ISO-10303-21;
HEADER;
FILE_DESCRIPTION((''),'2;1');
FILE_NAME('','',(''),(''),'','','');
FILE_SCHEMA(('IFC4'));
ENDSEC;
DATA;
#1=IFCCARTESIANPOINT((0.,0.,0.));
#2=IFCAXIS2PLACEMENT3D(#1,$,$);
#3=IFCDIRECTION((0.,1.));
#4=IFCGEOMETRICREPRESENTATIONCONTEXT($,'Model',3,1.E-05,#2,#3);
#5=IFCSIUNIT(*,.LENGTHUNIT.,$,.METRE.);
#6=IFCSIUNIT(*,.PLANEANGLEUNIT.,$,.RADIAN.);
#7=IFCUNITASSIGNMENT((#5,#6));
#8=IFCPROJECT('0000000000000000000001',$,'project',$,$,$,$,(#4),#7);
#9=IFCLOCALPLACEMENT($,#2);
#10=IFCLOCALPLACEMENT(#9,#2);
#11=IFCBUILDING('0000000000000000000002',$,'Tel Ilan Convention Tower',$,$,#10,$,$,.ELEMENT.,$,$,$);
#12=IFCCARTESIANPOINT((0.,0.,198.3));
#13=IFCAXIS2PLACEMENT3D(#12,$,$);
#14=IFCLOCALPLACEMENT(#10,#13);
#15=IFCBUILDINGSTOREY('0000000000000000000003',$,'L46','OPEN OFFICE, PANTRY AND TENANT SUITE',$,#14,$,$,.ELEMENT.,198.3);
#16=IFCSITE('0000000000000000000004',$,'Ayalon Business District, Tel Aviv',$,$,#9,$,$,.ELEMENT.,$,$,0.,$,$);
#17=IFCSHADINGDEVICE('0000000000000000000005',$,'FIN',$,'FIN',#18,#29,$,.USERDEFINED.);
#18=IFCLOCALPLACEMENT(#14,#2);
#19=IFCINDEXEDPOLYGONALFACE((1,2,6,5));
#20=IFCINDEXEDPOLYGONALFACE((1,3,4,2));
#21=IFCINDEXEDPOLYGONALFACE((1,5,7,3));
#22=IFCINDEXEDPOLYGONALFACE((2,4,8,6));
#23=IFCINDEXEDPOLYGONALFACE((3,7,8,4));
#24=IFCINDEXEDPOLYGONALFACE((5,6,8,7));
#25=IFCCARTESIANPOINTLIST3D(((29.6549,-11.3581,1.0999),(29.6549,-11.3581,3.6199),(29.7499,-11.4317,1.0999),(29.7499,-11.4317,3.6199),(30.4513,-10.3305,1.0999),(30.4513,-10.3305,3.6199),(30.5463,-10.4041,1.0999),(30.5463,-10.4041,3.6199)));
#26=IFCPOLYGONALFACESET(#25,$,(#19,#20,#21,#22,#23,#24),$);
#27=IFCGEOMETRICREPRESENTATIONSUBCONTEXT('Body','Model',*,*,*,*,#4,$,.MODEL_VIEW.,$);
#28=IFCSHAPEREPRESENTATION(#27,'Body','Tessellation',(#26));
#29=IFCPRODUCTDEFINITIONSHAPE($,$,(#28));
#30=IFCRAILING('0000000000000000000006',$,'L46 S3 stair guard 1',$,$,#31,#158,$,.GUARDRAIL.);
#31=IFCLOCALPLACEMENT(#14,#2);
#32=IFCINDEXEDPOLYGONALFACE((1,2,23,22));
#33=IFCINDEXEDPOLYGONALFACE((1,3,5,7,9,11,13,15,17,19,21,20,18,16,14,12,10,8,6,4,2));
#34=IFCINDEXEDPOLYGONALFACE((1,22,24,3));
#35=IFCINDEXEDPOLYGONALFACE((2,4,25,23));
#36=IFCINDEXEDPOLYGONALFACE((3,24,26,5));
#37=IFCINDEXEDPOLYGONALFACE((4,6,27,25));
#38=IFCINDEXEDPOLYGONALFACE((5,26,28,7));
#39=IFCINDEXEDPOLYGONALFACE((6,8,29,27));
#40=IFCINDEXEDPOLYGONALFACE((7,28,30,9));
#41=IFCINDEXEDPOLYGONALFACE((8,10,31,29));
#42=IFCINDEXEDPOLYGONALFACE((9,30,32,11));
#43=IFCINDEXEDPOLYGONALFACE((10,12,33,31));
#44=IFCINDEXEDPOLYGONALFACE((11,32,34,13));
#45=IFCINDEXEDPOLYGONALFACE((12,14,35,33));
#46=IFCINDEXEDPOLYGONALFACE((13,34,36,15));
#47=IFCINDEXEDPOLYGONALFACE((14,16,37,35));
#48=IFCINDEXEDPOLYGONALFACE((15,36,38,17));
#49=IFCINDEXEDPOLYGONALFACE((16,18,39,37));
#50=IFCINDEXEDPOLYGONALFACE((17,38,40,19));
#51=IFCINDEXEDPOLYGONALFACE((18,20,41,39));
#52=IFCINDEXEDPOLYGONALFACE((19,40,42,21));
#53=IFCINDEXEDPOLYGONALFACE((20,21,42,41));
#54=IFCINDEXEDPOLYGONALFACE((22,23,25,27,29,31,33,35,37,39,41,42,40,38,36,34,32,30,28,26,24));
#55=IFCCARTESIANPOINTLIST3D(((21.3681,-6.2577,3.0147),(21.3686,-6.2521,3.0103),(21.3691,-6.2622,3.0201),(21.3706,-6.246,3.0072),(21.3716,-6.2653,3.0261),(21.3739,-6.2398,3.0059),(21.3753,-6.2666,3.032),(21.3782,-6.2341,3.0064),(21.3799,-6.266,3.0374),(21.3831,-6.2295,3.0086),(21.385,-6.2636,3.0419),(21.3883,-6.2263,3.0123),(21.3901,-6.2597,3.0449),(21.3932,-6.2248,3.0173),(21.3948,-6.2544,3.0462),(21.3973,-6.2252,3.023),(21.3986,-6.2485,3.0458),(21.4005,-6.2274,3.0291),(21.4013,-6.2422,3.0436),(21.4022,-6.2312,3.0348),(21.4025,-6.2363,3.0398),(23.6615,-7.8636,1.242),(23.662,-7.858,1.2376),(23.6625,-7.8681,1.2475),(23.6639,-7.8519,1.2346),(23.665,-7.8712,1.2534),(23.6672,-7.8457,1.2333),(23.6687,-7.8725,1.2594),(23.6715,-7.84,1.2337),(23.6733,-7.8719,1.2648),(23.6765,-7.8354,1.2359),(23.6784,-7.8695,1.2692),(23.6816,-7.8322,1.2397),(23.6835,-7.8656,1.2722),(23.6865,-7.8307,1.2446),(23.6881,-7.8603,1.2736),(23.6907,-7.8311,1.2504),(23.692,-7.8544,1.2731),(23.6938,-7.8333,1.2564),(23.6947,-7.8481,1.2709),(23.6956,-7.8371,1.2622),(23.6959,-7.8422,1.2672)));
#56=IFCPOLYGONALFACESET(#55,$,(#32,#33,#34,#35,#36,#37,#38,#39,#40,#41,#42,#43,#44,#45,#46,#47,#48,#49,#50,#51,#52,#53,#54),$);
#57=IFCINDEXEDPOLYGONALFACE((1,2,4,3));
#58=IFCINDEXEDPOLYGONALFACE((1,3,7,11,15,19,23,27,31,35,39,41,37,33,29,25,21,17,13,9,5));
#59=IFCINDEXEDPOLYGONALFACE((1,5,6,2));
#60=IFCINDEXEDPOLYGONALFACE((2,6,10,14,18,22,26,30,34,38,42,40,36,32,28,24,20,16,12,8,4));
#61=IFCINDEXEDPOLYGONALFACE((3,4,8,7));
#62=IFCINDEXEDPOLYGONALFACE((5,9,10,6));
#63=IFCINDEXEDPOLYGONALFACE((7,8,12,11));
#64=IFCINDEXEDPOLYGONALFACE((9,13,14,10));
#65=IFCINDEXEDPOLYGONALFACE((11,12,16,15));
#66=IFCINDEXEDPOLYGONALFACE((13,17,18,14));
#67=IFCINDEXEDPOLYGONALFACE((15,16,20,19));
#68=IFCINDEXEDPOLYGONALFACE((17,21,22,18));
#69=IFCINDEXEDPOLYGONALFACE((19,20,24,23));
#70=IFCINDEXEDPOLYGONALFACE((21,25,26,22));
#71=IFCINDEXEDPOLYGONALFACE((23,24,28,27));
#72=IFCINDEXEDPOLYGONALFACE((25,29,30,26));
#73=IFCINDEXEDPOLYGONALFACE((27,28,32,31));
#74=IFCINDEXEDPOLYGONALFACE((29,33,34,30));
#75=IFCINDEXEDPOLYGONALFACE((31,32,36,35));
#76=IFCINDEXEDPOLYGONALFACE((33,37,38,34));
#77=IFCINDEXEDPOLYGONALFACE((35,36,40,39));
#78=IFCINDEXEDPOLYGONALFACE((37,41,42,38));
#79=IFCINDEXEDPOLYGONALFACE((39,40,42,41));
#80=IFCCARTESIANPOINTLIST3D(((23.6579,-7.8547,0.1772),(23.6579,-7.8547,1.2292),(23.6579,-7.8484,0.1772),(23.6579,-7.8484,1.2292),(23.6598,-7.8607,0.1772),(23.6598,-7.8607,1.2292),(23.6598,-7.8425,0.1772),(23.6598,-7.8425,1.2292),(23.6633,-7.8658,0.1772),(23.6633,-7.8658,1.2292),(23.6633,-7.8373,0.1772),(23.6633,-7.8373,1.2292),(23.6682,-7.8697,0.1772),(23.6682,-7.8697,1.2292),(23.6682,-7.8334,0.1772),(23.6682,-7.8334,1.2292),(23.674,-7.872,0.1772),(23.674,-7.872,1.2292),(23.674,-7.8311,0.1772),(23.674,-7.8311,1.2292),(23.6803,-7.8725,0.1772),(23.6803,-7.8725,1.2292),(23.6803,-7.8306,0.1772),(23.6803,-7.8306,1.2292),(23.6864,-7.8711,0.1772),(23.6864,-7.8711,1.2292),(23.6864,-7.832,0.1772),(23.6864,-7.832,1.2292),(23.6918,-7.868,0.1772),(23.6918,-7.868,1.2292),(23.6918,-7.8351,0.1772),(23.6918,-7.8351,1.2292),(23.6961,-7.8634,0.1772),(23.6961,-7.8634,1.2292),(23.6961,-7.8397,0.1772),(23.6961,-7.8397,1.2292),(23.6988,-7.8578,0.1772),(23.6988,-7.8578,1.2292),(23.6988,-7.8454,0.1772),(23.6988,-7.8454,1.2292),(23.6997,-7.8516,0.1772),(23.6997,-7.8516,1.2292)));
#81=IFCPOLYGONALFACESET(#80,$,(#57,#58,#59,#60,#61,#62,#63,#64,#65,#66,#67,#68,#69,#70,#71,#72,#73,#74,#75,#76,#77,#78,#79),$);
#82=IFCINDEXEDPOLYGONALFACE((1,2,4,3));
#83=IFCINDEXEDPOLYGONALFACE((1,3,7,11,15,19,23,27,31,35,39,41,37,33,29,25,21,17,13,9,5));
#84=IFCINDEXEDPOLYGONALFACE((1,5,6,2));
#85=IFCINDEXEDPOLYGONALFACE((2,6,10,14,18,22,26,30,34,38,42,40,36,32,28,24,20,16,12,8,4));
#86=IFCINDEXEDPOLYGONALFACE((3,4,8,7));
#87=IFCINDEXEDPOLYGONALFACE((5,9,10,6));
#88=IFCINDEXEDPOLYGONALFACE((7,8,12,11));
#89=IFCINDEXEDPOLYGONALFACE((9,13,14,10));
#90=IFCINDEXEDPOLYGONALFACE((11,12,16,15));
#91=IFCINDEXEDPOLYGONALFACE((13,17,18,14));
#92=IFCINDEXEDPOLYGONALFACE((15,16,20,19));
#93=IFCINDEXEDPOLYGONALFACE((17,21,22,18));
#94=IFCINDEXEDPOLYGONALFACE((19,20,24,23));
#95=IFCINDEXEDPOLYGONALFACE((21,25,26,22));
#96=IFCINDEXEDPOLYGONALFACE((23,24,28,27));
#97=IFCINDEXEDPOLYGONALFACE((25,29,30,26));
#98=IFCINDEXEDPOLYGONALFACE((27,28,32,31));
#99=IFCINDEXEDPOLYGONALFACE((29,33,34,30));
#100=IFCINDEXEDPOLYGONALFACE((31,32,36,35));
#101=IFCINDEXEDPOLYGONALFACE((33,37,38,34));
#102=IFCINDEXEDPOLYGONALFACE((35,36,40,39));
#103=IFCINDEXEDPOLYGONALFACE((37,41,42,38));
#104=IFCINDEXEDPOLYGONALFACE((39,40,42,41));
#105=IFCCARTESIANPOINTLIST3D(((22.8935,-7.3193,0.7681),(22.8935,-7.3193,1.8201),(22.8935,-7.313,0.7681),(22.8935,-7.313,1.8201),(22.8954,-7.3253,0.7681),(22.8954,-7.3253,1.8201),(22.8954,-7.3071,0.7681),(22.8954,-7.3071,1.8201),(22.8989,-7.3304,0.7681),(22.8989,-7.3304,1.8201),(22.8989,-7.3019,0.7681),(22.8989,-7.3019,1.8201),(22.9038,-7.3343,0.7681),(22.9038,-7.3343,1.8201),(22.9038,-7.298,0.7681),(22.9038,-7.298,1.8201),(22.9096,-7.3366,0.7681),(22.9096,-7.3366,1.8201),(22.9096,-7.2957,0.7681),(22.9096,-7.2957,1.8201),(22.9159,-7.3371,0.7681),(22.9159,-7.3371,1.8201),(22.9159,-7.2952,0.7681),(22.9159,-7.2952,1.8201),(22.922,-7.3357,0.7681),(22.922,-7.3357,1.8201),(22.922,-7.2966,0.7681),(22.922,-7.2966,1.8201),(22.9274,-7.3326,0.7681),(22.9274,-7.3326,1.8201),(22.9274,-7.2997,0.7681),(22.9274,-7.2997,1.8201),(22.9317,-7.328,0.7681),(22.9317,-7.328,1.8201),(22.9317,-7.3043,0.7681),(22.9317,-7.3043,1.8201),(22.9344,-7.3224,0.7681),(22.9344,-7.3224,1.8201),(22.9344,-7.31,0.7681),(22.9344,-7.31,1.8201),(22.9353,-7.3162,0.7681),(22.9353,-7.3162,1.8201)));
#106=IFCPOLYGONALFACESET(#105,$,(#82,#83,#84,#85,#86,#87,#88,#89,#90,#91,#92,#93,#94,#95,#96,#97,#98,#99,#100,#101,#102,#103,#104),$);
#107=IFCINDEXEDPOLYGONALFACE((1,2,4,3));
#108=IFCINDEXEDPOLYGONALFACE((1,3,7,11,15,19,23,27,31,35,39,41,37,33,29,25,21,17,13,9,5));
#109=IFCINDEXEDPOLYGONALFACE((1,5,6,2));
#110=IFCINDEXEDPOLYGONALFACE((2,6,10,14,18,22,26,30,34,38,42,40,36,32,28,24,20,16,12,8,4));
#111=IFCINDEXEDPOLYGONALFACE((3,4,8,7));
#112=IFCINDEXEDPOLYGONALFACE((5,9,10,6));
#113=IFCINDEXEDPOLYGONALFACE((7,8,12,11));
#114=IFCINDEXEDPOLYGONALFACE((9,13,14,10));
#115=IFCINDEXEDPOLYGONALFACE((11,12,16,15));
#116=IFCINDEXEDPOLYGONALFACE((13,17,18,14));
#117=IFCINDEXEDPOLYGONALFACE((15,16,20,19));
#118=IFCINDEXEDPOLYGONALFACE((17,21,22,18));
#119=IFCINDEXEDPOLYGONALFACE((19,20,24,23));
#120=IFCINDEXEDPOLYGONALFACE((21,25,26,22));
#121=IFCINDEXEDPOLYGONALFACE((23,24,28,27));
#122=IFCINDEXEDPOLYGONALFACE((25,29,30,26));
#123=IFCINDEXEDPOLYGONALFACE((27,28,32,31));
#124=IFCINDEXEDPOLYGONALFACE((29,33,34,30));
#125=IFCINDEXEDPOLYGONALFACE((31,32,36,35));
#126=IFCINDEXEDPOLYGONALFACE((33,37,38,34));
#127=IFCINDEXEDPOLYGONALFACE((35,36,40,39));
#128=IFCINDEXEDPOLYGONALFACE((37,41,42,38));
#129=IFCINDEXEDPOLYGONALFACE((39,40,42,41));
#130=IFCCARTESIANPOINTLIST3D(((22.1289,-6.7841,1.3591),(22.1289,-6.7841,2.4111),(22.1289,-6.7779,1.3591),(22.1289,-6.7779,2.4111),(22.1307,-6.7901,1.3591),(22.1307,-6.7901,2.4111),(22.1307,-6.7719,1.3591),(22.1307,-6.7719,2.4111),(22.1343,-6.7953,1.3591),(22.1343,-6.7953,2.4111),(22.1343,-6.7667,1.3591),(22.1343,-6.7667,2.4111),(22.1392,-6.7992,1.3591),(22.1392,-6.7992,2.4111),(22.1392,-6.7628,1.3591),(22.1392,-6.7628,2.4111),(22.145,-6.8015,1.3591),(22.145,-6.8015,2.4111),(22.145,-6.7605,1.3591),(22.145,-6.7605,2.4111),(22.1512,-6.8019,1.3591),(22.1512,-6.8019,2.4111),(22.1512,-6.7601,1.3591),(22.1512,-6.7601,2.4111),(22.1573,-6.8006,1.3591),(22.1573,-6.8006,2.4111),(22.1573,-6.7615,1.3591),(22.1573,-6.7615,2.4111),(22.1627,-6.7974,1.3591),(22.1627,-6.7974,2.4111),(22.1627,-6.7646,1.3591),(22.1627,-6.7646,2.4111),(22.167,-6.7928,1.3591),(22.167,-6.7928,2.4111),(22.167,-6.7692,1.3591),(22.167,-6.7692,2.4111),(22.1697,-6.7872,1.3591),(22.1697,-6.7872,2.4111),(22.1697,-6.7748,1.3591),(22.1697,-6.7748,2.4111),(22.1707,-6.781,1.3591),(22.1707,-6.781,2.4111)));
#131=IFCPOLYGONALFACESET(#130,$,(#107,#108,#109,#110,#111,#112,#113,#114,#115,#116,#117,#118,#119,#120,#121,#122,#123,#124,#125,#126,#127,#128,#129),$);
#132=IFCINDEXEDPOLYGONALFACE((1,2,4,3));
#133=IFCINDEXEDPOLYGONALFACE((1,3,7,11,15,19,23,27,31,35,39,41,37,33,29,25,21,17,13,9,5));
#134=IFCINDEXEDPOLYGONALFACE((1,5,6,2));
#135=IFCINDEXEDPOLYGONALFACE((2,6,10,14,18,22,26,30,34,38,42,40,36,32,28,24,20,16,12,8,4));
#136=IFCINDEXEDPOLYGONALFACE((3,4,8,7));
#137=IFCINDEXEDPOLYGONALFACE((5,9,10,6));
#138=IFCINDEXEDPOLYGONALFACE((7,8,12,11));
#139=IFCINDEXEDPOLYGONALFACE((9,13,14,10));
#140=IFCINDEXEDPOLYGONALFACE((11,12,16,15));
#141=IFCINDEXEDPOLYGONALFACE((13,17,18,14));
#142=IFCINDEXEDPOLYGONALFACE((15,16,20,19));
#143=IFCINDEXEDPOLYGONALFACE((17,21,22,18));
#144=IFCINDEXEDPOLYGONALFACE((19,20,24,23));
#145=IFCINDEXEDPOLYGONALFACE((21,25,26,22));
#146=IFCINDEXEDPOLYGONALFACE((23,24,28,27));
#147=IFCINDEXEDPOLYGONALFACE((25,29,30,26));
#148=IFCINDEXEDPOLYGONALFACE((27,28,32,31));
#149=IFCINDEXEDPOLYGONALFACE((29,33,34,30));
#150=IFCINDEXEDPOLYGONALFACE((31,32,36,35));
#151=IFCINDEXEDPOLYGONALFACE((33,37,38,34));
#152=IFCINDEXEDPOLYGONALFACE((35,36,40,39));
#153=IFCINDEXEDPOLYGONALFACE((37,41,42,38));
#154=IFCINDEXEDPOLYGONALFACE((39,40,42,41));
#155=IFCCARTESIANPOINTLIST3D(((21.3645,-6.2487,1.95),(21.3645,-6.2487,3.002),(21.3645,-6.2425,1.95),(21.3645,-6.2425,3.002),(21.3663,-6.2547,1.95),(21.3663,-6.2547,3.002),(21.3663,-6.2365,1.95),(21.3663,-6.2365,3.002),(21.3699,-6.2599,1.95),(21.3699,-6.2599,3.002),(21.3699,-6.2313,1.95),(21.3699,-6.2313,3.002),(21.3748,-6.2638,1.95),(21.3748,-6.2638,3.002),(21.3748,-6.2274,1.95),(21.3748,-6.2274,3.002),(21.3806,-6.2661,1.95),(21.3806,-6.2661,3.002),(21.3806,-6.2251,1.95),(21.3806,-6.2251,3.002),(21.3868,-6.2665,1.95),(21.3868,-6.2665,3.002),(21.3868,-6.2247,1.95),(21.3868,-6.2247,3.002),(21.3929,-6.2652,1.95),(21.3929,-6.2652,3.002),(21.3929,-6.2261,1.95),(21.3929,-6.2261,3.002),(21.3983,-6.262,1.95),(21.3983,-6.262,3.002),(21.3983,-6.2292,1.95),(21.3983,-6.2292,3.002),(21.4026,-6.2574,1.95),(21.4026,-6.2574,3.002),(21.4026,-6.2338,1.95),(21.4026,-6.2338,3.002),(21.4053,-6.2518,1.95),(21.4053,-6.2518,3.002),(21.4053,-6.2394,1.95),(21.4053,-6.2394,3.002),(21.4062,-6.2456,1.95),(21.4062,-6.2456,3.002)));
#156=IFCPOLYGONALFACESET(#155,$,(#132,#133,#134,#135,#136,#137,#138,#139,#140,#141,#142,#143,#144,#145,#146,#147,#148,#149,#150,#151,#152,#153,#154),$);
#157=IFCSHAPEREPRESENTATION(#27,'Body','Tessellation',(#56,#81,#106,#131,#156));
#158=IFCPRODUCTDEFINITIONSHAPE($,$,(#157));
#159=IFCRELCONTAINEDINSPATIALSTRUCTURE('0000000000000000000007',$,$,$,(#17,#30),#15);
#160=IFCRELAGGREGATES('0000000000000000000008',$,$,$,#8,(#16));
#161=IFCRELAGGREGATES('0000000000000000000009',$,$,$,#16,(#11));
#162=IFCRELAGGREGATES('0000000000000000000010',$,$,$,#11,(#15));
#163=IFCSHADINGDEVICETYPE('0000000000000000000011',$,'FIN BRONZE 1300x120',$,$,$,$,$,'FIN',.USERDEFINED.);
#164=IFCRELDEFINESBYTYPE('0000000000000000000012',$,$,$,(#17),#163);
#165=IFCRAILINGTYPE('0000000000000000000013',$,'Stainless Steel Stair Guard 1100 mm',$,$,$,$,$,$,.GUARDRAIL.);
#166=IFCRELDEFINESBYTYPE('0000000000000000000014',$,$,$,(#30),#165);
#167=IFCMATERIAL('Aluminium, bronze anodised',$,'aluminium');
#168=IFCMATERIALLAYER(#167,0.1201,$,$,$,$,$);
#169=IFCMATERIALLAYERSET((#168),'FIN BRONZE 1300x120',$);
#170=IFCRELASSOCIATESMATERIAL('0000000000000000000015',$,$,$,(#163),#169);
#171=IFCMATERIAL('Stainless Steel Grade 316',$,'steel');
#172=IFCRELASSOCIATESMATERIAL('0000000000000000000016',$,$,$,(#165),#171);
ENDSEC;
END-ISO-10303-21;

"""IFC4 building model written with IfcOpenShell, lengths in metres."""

from ifc_helpers import new_model, si_unit, direction, frame, origin, origin_2d, place, context, subcontext, project, spatial, rectangle, circle, extrude, material, layer, layer_set, type_object, element, save


model = new_model("IFC4")

# Units and contexts
model_context = context("Model", 3, precision=1e-05, world=origin(), true_north=direction((0.0, 1.0)))
body_context = subcontext(model_context, "Body", "Model", "MODEL_VIEW")
ifc_project = project(units=[si_unit("LENGTHUNIT", "METRE"), si_unit("PLANEANGLEUNIT", "RADIAN")], contexts=[model_context])

# Site, building, storey
site_placement = place(None, origin())
site = spatial("IfcSite", under=ifc_project, at=site_placement, Name="Ayalon Business District, Tel Aviv", CompositionType="ELEMENT", RefElevation=0.0)
building_placement = place(site_placement, origin())
building = spatial("IfcBuilding", under=site, at=building_placement, Name="Tel Ilan Convention Tower", CompositionType="ELEMENT")
storey_placement = place(building_placement, frame((0.0, 0.0, 198.3)))
storey = spatial("IfcBuildingStorey", under=building, at=storey_placement, Name="L46", Description="OPEN OFFICE, PANTRY AND TENANT SUITE", CompositionType="ELEMENT", Elevation=198.3)

# Shading device
ifc_material_1 = material(Name="Aluminium, bronze anodised", Category="aluminium")
ifc_layer_1 = layer(ifc_material_1, 0.1201)
ifc_layer_set_1 = layer_set([ifc_layer_1], Name="FIN BRONZE 1300x120")
shading_device_type = type_object("IfcShadingDeviceType", Name="FIN BRONZE 1300x120", ElementType="FIN", PredefinedType="USERDEFINED", material=ifc_layer_set_1)
for number, where, z_axis, x_axis, name in (
    (1, (30.1006, -10.8811, 1.0999), (0.0, 0.0, 1.0), (0.612601, 0.790393, 0.0), "FIN"),
):
    element("IfcShadingDevice", number, at=place(storey_placement, frame(where, z_axis=z_axis, x_axis=x_axis)), inside=storey, type_object=shading_device_type, Name=name, ObjectType="FIN", PredefinedType="USERDEFINED", context=body_context, shape_type="SweptSolid", body=[
        extrude(rectangle(XDim=1.3, YDim=0.1201, at=origin_2d()), origin(), (0.0, 0.0, 1.0), 2.52),
    ])

# Railing
ifc_material_2 = material(Name="Stainless Steel Grade 316", Category="steel")
railing_type_1 = type_object("IfcRailingType", Name="Stainless Steel Stair Guard 1100 mm", PredefinedType="GUARDRAIL", material=ifc_material_2)
railing_1_placement = place(storey_placement, frame((23.6787, -7.8516, 0.1772)))
element("IfcRailing", 2, at=railing_1_placement, inside=storey, type_object=railing_type_1, Name="L46 S3 stair guard 1", PredefinedType="GUARDRAIL", context=body_context, shape_type="SweptSolid", body=[
    extrude(circle(Radius=0.0239, at=origin_2d()), frame((0.0, 0.0, 1.0762), z_axis=(-0.692085, 0.484621, 0.53494), x_axis=(-0.573591, -0.819142, 0.0)), (0.0, 0.0, 1.0), 3.3137),
    extrude(circle(Radius=0.021, at=origin_2d()), origin(), (0.0, 0.0, 1.0), 1.052),
    extrude(circle(Radius=0.021, at=origin_2d()), frame((-0.7644, 0.5354, 0.5908)), (0.0, 0.0, 1.0), 1.052),
    extrude(circle(Radius=0.021, at=origin_2d()), frame((-1.5291, 1.0706, 1.1819)), (0.0, 0.0, 1.0), 1.052),
    extrude(circle(Radius=0.021, at=origin_2d()), frame((-2.2935, 1.606, 1.7727)), (0.0, 0.0, 1.0), 1.052),
])

save(model, "model.ifc")
